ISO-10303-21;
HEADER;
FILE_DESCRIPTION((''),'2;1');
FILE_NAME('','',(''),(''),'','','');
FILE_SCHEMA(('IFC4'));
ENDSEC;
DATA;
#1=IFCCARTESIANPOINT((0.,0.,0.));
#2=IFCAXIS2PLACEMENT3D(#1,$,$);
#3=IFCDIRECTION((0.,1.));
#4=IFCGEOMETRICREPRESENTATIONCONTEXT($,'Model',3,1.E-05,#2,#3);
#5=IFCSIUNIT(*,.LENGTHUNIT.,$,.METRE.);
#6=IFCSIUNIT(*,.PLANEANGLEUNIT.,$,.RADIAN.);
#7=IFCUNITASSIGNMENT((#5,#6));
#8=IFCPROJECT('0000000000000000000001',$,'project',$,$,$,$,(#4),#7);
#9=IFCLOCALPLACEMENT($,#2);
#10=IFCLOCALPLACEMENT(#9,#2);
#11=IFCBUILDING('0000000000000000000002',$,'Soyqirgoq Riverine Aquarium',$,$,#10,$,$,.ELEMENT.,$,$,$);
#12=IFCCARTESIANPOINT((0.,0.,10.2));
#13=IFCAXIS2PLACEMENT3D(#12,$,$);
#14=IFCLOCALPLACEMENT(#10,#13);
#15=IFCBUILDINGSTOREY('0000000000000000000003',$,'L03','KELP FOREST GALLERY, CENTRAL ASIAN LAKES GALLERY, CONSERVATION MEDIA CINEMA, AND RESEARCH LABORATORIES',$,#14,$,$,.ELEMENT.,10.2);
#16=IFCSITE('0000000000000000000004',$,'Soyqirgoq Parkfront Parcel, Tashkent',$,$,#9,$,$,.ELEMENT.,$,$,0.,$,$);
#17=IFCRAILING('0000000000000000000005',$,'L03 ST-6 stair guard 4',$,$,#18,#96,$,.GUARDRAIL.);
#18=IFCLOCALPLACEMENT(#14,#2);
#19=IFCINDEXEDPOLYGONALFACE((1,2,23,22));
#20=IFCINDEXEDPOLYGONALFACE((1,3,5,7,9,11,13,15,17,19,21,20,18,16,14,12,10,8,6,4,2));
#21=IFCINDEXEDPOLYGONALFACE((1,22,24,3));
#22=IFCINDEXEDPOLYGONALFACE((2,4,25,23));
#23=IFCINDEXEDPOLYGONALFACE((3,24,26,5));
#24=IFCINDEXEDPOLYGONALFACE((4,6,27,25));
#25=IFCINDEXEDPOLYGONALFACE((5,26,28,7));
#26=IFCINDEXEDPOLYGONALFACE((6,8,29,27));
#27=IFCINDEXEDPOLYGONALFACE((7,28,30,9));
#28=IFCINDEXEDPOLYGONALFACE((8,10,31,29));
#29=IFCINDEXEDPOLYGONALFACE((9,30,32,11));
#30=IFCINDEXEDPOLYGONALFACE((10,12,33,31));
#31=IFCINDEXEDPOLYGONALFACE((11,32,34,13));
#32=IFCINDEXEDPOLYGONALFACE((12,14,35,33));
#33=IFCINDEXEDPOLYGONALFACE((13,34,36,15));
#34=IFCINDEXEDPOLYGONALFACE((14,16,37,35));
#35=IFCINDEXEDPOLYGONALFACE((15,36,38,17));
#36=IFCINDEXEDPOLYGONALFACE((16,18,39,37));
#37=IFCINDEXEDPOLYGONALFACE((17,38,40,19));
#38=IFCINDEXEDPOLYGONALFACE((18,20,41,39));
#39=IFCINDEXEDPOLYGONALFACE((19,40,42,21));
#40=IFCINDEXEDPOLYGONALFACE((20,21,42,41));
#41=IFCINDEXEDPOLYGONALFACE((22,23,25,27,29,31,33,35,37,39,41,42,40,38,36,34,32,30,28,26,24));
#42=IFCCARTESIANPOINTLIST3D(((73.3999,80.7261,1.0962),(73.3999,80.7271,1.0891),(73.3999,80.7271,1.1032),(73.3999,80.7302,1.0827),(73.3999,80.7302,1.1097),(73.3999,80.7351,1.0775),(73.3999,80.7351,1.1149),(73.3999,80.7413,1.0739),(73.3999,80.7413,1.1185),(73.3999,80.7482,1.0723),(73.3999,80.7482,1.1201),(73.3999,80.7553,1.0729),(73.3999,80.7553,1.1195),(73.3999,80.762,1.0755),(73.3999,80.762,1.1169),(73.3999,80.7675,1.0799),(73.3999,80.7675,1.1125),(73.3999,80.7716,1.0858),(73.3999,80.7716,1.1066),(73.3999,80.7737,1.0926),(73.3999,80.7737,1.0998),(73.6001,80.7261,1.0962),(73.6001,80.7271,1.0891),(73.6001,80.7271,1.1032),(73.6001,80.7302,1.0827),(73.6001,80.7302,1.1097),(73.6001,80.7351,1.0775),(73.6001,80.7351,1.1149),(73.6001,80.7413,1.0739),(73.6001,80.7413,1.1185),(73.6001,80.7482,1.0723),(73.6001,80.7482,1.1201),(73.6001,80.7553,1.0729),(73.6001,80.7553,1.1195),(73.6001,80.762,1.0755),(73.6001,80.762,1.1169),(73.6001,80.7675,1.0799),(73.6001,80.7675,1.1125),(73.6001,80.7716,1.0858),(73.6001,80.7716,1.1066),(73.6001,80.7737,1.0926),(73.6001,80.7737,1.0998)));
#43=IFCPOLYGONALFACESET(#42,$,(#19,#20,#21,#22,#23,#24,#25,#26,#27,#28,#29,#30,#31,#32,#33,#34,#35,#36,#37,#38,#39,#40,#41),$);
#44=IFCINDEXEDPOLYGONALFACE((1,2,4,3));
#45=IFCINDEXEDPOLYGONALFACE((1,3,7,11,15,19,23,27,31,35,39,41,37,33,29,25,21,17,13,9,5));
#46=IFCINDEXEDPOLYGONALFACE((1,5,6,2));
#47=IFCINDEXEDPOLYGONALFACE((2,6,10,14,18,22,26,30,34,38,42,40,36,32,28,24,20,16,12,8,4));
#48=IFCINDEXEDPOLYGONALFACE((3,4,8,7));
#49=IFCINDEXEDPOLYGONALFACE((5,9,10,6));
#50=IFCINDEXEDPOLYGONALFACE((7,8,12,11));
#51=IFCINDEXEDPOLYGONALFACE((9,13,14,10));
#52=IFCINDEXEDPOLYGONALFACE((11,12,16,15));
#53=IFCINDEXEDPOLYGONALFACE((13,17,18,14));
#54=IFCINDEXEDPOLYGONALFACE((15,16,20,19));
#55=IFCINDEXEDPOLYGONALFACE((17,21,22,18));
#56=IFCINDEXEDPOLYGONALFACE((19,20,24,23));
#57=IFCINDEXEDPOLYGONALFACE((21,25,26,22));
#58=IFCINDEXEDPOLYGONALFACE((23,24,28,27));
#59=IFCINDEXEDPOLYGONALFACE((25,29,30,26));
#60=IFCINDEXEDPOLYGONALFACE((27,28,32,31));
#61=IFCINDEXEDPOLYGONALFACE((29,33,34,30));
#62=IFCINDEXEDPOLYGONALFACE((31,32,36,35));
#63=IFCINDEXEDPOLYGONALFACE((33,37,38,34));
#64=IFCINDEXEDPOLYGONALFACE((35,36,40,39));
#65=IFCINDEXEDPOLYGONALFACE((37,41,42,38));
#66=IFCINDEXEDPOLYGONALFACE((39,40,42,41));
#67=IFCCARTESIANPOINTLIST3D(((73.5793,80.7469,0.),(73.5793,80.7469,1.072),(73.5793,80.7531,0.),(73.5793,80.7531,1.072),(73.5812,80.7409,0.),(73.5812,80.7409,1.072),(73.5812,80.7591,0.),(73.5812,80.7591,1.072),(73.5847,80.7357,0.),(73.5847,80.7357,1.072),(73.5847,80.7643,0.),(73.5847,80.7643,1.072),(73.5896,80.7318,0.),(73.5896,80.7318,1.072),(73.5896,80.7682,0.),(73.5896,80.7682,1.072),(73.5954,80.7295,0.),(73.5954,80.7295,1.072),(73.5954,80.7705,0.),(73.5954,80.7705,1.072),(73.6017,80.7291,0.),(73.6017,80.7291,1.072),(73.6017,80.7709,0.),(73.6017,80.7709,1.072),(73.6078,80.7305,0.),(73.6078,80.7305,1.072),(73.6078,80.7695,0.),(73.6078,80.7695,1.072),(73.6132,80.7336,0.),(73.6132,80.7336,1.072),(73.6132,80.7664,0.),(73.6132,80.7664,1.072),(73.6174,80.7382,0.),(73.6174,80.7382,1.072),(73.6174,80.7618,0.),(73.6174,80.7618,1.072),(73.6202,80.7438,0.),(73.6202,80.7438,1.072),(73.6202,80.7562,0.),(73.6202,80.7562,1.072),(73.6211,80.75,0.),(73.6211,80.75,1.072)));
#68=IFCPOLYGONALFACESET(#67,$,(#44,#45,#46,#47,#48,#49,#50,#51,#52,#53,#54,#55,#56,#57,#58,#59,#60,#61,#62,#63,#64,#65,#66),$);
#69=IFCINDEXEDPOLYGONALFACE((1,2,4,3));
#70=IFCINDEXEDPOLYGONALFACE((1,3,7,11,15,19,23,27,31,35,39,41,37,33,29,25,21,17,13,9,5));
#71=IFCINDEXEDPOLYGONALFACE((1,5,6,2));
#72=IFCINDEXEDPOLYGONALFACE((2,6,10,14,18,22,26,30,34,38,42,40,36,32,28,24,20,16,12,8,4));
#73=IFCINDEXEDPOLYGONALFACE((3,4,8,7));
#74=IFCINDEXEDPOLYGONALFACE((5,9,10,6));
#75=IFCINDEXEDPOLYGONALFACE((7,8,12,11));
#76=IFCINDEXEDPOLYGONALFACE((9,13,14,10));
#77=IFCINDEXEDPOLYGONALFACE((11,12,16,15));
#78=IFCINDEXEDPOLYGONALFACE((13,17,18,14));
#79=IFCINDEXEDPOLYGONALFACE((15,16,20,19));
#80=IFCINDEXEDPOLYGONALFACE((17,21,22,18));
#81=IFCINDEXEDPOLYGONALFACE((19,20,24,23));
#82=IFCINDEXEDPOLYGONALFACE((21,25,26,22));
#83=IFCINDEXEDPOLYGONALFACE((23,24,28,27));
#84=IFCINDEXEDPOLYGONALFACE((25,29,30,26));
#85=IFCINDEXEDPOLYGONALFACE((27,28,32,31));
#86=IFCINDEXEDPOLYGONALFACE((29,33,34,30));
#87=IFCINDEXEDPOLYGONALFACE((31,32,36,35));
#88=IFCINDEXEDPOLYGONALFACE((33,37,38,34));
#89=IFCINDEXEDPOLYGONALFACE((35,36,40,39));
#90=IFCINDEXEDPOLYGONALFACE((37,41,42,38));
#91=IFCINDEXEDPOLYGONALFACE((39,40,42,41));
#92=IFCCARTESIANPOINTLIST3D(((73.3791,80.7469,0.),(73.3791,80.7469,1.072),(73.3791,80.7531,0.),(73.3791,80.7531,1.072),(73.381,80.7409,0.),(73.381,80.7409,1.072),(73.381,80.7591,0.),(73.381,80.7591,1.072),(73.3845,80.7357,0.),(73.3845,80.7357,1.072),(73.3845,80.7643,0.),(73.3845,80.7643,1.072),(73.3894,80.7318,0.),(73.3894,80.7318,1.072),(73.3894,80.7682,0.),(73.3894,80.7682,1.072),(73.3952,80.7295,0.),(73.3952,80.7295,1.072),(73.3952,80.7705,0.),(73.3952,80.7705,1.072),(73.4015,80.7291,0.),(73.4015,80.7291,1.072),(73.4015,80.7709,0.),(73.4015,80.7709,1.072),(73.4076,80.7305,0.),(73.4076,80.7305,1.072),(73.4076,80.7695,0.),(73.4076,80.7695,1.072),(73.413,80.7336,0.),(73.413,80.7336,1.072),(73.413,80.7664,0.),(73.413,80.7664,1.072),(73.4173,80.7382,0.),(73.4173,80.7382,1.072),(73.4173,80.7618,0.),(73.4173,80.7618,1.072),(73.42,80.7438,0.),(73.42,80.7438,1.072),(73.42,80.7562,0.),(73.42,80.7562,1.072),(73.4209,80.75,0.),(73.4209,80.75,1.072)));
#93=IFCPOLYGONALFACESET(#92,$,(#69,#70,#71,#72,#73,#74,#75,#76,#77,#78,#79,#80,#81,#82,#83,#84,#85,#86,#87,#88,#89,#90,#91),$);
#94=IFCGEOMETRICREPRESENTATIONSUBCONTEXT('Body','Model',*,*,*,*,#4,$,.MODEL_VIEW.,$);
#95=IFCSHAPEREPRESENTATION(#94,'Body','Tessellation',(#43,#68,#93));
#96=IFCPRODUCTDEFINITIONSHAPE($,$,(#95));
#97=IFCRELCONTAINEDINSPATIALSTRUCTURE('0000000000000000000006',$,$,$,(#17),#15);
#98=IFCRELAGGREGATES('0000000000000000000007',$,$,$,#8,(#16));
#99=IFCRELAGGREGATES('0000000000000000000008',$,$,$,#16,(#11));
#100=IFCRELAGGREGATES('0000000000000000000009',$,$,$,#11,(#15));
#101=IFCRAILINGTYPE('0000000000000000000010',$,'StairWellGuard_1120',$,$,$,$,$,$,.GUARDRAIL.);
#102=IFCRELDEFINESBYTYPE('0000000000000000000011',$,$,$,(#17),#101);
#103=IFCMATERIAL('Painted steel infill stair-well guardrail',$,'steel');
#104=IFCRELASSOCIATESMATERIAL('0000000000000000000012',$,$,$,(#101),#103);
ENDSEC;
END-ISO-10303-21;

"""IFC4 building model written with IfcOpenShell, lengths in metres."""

from ifc_helpers import new_model, si_unit, direction, frame, origin, origin_2d, place, context, subcontext, project, spatial, circle, extrude, material, type_object, element, save


model = new_model("IFC4")

# Units and contexts
model_context = context("Model", 3, precision=1e-05, world=origin(), true_north=direction((0.0, 1.0)))
body_context = subcontext(model_context, "Body", "Model", "MODEL_VIEW")
ifc_project = project(units=[si_unit("LENGTHUNIT", "METRE"), si_unit("PLANEANGLEUNIT", "RADIAN")], contexts=[model_context])

# Site, building, storey
site_placement = place(None, origin())
site = spatial("IfcSite", under=ifc_project, at=site_placement, Name="Soyqirgoq Parkfront Parcel, Tashkent", CompositionType="ELEMENT", RefElevation=0.0)
building_placement = place(site_placement, origin())
building = spatial("IfcBuilding", under=site, at=building_placement, Name="Soyqirgoq Riverine Aquarium", CompositionType="ELEMENT")
storey_placement = place(building_placement, frame((0.0, 0.0, 10.2)))
storey = spatial("IfcBuildingStorey", under=building, at=storey_placement, Name="L03", Description="KELP FOREST GALLERY, CENTRAL ASIAN LAKES GALLERY, CONSERVATION MEDIA CINEMA, AND RESEARCH LABORATORIES", CompositionType="ELEMENT", Elevation=10.2)

# Railing
ifc_material_1 = material(Name="Painted steel infill stair-well guardrail", Category="steel")
railing_type_1 = type_object("IfcRailingType", Name="StairWellGuard_1120", PredefinedType="GUARDRAIL", material=ifc_material_1)
railing_1_placement = place(storey_placement, frame((73.6001, 80.75, 0.0)))
element("IfcRailing", 1, at=railing_1_placement, inside=storey, type_object=railing_type_1, Name="L03 ST-6 stair guard 4", PredefinedType="GUARDRAIL", context=body_context, shape_type="SweptSolid", body=[
    extrude(circle(Radius=0.0239, at=origin_2d()), frame((0.0, 0.0, 1.0962), z_axis=(-1.0, 0.0, 0.0), x_axis=(0.0, -1.0, 0.0)), (0.0, 0.0, 1.0), 0.2002),
    extrude(circle(Radius=0.021, at=origin_2d()), origin(), (0.0, 0.0, 1.0), 1.072),
    extrude(circle(Radius=0.021, at=origin_2d()), frame((-0.2002, 0.0, 0.0)), (0.0, 0.0, 1.0), 1.072),
])

save(model, "model.ifc")
